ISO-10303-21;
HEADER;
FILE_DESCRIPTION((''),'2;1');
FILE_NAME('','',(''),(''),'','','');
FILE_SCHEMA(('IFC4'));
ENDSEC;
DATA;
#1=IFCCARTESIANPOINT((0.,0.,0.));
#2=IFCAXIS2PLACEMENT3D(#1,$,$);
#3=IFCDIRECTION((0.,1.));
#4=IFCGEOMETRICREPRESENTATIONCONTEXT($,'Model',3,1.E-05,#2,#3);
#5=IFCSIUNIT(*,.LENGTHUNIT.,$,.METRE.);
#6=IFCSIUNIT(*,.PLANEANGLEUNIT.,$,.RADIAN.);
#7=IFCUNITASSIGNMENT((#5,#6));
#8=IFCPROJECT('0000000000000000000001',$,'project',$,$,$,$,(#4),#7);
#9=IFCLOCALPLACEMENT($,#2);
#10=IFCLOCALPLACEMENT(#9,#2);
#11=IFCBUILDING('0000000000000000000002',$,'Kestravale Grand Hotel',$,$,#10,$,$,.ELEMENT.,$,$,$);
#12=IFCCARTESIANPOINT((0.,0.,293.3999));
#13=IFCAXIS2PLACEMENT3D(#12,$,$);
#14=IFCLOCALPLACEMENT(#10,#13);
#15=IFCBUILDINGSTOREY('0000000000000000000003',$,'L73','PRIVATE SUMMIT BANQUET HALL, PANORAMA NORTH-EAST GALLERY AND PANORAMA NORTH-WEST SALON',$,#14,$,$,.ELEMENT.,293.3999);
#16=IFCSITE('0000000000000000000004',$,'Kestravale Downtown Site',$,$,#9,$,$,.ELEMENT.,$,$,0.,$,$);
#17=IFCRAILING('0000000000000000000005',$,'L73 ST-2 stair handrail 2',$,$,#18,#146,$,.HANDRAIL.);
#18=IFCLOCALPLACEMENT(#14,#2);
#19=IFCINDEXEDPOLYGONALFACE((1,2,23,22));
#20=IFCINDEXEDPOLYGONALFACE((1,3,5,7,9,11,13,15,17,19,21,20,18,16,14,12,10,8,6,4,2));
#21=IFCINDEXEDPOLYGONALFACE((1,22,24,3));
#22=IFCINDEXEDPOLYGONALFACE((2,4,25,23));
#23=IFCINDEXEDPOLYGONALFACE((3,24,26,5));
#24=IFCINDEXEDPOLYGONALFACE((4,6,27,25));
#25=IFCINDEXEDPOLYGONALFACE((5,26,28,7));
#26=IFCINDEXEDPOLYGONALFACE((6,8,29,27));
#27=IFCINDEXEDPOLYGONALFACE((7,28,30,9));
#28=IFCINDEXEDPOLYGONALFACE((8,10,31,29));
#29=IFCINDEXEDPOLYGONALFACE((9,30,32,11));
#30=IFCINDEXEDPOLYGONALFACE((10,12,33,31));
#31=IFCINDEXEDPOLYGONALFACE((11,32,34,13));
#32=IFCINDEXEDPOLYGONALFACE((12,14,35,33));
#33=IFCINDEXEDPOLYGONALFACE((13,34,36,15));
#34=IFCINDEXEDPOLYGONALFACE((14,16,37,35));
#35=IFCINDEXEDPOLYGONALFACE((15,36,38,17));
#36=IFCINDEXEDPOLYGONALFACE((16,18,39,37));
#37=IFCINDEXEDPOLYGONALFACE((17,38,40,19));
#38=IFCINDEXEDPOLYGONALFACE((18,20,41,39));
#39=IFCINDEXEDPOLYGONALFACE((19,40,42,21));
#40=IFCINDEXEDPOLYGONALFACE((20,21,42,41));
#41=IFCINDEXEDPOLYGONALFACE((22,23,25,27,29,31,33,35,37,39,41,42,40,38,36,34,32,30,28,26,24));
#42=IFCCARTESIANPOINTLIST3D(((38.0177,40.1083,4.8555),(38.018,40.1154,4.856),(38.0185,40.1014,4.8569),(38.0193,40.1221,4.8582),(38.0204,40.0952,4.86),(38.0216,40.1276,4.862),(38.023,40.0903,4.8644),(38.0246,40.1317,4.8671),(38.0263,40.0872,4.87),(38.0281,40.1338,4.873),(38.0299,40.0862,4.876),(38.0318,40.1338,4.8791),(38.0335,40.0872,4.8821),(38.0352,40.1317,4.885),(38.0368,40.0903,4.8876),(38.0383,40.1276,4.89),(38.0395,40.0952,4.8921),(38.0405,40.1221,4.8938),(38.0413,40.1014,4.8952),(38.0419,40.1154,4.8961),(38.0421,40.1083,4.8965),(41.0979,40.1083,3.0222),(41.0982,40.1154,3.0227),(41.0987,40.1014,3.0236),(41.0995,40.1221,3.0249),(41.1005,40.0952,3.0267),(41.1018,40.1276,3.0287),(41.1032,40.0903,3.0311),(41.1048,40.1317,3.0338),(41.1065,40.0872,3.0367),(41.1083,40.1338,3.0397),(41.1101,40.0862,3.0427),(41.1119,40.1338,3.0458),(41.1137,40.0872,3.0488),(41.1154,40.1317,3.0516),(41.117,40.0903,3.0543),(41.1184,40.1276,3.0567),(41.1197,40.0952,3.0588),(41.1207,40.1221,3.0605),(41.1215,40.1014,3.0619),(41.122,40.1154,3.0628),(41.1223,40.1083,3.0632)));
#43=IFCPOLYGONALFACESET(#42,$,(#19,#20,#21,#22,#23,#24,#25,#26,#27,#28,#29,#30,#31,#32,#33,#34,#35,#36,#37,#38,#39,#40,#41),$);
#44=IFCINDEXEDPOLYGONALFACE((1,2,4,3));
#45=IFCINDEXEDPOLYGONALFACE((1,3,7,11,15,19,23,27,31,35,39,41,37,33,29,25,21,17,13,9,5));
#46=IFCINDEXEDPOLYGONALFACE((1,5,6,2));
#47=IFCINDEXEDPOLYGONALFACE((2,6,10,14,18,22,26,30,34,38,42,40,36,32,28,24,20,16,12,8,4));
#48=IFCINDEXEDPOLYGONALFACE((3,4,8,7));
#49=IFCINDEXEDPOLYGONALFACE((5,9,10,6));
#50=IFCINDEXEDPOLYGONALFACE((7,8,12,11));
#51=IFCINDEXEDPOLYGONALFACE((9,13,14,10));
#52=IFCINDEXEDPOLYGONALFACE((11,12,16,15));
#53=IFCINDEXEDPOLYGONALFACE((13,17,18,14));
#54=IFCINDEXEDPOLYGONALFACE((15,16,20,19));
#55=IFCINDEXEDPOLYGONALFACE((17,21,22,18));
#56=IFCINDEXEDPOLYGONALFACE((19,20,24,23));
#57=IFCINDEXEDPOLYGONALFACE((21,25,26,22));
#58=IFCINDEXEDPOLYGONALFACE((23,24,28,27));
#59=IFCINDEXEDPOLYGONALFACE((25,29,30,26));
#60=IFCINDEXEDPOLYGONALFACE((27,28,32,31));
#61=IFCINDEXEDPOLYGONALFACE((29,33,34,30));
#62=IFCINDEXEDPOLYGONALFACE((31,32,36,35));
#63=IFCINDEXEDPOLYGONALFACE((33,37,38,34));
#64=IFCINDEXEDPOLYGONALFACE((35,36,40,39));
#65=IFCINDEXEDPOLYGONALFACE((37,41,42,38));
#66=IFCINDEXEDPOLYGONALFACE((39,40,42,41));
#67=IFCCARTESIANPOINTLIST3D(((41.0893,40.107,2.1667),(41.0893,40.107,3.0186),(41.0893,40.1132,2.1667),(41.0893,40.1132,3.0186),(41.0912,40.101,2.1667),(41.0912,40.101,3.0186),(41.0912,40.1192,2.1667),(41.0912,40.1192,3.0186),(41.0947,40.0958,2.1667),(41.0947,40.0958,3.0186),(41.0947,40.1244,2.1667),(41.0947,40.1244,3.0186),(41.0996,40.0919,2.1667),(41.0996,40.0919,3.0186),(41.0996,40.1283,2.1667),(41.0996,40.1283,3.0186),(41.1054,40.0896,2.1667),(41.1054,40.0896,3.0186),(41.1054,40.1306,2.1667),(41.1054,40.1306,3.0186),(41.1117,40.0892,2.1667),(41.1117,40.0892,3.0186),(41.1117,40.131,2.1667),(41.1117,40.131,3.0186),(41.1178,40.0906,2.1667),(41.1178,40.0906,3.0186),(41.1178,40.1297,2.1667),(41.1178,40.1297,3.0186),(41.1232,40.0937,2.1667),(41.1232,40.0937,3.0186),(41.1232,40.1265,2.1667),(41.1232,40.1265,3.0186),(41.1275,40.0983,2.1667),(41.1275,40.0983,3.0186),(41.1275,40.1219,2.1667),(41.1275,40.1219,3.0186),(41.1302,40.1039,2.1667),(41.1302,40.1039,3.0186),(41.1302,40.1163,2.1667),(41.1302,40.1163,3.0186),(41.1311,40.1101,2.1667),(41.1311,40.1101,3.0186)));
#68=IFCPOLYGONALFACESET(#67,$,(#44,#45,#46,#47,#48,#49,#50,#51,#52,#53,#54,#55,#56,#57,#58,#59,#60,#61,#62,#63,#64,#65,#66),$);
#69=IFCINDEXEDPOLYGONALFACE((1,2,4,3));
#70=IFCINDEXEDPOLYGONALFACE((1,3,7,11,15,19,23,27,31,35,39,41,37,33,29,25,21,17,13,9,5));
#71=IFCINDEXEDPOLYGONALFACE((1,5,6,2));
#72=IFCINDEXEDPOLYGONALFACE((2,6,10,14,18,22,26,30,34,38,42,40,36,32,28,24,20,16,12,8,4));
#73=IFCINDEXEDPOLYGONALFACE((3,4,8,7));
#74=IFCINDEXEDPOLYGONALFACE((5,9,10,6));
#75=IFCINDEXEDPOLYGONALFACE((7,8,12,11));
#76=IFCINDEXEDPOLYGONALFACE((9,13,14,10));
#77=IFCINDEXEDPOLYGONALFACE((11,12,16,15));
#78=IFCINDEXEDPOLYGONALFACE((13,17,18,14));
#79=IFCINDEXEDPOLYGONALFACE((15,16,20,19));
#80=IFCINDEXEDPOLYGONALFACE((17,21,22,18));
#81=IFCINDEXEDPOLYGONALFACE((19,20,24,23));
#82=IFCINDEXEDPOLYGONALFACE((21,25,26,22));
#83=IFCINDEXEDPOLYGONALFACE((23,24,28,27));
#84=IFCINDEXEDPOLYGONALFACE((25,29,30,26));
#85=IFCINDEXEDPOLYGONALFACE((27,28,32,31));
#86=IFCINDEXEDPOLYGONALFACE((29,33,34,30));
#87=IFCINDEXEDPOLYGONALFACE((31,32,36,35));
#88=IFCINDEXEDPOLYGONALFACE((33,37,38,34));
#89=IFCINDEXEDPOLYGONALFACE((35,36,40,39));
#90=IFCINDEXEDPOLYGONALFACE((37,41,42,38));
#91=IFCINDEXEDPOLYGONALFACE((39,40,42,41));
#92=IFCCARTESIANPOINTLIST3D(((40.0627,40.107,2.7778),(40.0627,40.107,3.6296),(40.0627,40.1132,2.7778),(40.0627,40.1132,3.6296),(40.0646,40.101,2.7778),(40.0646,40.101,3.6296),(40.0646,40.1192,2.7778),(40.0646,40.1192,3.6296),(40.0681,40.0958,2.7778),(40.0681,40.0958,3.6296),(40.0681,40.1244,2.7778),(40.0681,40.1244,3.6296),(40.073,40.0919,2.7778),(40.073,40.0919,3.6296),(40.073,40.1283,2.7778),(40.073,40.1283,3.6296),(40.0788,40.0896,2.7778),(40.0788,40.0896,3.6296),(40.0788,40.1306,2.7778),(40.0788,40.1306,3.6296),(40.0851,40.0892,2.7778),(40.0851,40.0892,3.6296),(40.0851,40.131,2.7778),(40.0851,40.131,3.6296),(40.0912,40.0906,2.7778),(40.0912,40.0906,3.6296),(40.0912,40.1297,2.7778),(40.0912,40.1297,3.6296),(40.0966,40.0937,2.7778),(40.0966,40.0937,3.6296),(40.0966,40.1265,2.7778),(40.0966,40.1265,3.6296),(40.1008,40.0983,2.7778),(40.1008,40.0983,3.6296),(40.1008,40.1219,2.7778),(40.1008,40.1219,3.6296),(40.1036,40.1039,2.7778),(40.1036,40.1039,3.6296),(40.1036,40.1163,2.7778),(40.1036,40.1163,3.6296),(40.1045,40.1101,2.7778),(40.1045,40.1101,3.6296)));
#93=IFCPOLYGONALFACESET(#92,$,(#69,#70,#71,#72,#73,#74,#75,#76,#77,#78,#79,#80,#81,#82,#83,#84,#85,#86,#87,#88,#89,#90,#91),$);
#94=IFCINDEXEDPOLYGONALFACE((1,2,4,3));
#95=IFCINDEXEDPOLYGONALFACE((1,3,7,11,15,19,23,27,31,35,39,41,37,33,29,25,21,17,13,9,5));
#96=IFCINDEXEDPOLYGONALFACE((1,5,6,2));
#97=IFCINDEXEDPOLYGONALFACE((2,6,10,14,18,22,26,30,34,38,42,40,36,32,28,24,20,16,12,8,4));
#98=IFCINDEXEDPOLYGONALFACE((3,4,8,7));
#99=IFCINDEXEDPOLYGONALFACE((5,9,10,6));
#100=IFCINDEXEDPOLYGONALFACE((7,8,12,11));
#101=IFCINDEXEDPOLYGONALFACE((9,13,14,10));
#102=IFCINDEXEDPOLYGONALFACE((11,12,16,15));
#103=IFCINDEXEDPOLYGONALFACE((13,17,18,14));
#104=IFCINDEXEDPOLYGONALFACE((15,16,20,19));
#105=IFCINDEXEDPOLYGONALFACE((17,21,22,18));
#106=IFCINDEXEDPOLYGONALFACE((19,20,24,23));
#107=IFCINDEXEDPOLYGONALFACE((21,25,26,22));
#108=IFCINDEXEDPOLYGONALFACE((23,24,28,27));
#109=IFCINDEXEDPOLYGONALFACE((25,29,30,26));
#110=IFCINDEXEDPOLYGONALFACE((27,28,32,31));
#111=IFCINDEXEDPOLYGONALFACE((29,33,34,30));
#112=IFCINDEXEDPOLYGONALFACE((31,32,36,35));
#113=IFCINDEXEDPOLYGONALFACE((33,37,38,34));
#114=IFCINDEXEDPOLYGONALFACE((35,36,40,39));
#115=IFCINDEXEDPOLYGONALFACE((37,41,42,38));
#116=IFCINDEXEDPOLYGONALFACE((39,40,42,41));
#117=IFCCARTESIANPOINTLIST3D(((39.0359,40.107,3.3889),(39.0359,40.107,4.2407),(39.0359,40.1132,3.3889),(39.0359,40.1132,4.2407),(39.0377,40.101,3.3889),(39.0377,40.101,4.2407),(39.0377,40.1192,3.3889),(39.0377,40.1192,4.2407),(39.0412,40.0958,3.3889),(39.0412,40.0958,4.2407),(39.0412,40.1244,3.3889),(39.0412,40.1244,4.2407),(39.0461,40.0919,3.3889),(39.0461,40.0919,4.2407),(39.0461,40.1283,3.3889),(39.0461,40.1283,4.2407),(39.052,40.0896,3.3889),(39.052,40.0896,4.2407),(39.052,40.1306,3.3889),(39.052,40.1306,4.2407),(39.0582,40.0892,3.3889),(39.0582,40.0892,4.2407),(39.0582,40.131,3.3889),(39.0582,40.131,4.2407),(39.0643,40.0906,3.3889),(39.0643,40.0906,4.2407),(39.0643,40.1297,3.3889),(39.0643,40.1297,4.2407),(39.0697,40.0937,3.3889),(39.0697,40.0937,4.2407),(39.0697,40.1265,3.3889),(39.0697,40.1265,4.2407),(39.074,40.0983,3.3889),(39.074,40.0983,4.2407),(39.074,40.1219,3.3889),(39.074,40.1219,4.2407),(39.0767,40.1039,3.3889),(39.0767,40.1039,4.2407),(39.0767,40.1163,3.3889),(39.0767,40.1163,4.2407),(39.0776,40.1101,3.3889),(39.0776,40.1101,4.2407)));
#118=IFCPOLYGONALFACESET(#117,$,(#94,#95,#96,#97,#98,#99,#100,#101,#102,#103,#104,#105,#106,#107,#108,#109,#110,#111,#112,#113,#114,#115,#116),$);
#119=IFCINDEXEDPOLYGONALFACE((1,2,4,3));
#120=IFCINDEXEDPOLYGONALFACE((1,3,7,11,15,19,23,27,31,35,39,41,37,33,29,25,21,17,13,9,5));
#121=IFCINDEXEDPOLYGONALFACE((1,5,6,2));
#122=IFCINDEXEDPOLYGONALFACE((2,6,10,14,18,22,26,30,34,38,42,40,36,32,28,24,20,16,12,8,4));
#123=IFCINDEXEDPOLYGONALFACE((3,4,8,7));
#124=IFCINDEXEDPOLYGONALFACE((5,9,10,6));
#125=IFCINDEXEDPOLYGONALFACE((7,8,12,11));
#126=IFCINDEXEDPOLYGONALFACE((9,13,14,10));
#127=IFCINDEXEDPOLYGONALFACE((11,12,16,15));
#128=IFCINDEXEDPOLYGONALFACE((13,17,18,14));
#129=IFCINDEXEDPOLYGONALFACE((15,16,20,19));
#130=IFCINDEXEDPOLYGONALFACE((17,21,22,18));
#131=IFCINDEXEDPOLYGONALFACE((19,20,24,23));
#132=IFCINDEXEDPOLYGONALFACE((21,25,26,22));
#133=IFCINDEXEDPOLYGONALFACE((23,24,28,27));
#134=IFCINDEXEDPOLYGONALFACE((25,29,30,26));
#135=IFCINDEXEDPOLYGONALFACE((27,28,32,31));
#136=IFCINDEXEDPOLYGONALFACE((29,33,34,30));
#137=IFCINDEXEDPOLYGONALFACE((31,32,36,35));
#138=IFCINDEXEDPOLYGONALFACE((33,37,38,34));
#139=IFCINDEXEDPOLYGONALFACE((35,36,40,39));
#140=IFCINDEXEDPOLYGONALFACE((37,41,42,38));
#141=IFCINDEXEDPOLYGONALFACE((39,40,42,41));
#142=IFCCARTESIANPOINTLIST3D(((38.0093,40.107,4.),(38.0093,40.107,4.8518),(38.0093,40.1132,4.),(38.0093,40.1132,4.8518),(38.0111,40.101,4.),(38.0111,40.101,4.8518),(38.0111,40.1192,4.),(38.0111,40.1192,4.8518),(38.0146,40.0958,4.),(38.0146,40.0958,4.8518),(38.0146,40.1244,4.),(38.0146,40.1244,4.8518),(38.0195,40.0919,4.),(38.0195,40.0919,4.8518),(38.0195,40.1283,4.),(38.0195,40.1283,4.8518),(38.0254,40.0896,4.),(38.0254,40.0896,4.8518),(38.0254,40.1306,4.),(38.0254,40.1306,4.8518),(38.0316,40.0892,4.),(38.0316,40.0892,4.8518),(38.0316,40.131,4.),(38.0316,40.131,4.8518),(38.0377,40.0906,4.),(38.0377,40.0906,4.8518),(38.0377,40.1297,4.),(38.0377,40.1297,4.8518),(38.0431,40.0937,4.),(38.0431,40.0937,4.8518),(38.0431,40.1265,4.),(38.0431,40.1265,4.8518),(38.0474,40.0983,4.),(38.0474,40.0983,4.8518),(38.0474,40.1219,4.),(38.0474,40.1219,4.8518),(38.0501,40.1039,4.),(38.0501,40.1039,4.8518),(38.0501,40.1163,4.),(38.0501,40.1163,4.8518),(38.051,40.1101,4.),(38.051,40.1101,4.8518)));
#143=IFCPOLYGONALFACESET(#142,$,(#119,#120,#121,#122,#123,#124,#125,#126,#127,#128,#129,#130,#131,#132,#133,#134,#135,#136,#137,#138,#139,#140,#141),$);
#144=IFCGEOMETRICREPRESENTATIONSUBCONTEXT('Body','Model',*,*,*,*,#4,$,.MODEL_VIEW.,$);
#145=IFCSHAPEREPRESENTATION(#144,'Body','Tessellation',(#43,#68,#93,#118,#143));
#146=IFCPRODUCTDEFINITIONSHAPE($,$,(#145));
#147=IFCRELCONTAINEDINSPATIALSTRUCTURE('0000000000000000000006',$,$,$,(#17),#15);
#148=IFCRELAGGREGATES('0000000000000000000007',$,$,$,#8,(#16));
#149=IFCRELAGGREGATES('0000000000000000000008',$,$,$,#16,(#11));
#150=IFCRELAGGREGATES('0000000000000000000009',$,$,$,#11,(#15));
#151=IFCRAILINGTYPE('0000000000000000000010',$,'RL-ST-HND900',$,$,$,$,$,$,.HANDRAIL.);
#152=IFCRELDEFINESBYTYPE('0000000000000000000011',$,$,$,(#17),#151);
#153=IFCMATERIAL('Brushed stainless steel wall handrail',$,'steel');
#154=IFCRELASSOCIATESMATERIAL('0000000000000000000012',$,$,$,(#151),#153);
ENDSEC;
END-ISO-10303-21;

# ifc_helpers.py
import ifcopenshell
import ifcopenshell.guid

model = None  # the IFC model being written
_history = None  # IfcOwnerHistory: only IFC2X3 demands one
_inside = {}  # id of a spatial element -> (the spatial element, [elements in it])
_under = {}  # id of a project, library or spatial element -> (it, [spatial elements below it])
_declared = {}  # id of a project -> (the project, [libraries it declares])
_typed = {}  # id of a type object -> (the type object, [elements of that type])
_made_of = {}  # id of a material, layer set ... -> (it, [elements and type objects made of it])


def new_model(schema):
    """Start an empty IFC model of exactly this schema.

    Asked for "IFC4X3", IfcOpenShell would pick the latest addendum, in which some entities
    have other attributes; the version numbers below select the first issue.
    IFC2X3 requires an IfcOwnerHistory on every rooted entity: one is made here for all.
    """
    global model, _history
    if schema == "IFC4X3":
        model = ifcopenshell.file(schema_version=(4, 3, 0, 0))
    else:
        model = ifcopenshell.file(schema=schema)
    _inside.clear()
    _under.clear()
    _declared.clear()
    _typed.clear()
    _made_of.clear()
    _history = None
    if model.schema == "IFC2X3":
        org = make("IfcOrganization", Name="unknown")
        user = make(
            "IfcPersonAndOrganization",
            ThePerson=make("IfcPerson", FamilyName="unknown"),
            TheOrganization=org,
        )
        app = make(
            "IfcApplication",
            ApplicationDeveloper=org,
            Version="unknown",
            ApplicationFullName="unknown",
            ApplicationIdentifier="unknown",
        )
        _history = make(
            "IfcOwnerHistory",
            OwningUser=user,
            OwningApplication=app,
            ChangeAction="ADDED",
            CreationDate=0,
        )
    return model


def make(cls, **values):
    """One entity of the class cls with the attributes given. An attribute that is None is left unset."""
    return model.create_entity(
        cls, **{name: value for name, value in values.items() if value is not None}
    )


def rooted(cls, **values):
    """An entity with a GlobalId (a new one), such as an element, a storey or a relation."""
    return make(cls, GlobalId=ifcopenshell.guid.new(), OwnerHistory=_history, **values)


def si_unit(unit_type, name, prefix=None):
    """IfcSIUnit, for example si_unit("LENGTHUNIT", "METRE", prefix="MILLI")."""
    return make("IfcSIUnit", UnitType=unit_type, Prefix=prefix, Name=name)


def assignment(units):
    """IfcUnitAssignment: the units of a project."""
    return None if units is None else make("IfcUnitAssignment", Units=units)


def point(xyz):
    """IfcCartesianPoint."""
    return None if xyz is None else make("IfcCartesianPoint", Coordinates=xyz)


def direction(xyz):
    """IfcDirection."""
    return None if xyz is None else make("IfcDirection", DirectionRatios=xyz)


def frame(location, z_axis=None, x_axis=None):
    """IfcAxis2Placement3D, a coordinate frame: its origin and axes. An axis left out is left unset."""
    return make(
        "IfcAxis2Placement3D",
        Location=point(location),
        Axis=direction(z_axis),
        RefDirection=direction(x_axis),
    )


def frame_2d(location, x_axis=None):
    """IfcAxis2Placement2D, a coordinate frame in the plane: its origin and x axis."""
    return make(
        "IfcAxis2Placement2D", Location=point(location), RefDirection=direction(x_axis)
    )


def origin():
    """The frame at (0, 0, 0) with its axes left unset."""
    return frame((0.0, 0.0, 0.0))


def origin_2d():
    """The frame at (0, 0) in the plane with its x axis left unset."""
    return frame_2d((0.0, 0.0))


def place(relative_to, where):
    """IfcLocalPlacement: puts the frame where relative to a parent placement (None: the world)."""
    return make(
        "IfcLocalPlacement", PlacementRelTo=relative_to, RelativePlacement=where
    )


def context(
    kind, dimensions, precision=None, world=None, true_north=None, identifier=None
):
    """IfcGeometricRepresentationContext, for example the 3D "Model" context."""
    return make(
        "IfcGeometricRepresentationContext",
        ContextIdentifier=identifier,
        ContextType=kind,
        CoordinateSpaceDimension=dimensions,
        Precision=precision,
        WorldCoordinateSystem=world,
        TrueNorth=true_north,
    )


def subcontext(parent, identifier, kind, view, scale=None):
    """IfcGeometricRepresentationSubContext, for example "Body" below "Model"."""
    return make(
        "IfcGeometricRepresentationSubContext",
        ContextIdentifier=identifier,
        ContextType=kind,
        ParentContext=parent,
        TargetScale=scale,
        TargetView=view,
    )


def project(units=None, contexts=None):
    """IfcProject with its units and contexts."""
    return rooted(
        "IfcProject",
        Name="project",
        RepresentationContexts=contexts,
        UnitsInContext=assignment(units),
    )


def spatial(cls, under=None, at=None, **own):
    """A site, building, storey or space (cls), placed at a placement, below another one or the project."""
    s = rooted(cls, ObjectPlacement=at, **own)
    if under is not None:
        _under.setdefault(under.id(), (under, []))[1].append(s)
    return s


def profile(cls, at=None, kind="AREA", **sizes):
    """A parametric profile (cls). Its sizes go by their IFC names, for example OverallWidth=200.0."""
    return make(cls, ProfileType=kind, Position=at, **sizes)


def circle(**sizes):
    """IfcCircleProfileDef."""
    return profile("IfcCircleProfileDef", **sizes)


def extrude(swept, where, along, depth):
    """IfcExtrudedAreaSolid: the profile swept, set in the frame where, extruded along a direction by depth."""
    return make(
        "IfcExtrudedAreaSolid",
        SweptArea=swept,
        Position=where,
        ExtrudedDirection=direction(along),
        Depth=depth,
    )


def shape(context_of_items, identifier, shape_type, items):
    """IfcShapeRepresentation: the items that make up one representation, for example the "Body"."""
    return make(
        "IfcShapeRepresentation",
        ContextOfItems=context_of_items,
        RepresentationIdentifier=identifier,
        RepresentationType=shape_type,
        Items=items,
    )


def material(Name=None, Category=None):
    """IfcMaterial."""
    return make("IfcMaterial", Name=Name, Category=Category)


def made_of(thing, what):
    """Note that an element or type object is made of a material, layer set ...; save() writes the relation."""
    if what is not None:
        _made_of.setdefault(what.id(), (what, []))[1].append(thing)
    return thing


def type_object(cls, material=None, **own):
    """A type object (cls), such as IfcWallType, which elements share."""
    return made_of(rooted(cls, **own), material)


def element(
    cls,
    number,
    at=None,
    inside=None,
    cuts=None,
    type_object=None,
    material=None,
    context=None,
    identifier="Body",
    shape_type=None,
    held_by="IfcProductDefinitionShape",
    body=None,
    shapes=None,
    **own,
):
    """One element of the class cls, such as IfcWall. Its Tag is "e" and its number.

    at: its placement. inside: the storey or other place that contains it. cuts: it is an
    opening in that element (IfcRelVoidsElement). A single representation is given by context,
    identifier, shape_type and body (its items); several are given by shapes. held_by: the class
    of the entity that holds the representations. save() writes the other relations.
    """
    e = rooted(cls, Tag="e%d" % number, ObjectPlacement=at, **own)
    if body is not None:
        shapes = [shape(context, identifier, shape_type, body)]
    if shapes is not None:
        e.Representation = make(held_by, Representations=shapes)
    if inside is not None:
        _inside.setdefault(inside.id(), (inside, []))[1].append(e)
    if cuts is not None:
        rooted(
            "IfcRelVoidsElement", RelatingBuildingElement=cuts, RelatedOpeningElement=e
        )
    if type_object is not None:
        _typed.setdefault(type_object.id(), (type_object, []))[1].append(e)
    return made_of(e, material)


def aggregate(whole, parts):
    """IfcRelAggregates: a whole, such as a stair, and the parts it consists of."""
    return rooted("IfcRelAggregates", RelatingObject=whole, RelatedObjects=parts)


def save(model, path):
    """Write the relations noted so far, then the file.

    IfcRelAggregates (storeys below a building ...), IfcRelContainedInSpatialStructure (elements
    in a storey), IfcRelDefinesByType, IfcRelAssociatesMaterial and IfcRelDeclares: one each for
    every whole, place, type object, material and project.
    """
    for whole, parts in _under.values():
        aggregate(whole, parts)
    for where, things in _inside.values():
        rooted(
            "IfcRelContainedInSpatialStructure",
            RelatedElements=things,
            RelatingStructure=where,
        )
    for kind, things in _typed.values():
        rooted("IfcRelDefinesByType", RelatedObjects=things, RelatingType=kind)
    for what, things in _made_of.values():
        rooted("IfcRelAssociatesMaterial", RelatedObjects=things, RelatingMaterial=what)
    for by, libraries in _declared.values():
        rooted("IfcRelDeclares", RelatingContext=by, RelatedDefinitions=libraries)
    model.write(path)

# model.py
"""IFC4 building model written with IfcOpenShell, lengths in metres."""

from ifc_helpers import new_model, si_unit, direction, frame, origin, origin_2d, place, context, subcontext, project, spatial, circle, extrude, material, type_object, element, save


model = new_model("IFC4")

# Units and contexts
model_context = context("Model", 3, precision=1e-05, world=origin(), true_north=direction((0.0, 1.0)))
body_context = subcontext(model_context, "Body", "Model", "MODEL_VIEW")
ifc_project = project(units=[si_unit("LENGTHUNIT", "METRE"), si_unit("PLANEANGLEUNIT", "RADIAN")], contexts=[model_context])

# Site, building, storey
site_placement = place(None, origin())
site = spatial("IfcSite", under=ifc_project, at=site_placement, Name="Kestravale Downtown Site", CompositionType="ELEMENT", RefElevation=0.0)
building_placement = place(site_placement, origin())
building = spatial("IfcBuilding", under=site, at=building_placement, Name="Kestravale Grand Hotel", CompositionType="ELEMENT")
storey_placement = place(building_placement, frame((0.0, 0.0, 293.3999)))
storey = spatial("IfcBuildingStorey", under=building, at=storey_placement, Name="L73", Description="PRIVATE SUMMIT BANQUET HALL, PANORAMA NORTH-EAST GALLERY AND PANORAMA NORTH-WEST SALON", CompositionType="ELEMENT", Elevation=293.3999)

# Railing
ifc_material_1 = material(Name="Brushed stainless steel wall handrail", Category="steel")
railing_type_1 = type_object("IfcRailingType", Name="RL-ST-HND900", PredefinedType="HANDRAIL", material=ifc_material_1)
railing_1_placement = place(storey_placement, frame((41.1101, 40.1101, 2.1667)))
element("IfcRailing", 1, at=railing_1_placement, inside=storey, type_object=railing_type_1, Name="L73 ST-2 stair handrail 2", PredefinedType="HANDRAIL", context=body_context, shape_type="SweptSolid", body=[
    extrude(circle(Radius=0.0239, at=origin_2d()), frame((0.0, 0.0, 0.876), z_axis=(-0.859309, 0.0, 0.511458), x_axis=(0.0, -1.0, 0.0)), (0.0, 0.0, 1.0), 3.5845),
    extrude(circle(Radius=0.021, at=origin_2d()), origin(), (0.0, 0.0, 1.0), 0.8518),
    extrude(circle(Radius=0.021, at=origin_2d()), frame((-1.0266, 0.0, 0.6111)), (0.0, 0.0, 1.0), 0.8518),
    extrude(circle(Radius=0.021, at=origin_2d()), frame((-2.0535, 0.0, 1.2222)), (0.0, 0.0, 1.0), 0.8518),
    extrude(circle(Radius=0.021, at=origin_2d()), frame((-3.0801, 0.0, 1.8333)), (0.0, 0.0, 1.0), 0.8518),
])

save(model, "model.ifc")
